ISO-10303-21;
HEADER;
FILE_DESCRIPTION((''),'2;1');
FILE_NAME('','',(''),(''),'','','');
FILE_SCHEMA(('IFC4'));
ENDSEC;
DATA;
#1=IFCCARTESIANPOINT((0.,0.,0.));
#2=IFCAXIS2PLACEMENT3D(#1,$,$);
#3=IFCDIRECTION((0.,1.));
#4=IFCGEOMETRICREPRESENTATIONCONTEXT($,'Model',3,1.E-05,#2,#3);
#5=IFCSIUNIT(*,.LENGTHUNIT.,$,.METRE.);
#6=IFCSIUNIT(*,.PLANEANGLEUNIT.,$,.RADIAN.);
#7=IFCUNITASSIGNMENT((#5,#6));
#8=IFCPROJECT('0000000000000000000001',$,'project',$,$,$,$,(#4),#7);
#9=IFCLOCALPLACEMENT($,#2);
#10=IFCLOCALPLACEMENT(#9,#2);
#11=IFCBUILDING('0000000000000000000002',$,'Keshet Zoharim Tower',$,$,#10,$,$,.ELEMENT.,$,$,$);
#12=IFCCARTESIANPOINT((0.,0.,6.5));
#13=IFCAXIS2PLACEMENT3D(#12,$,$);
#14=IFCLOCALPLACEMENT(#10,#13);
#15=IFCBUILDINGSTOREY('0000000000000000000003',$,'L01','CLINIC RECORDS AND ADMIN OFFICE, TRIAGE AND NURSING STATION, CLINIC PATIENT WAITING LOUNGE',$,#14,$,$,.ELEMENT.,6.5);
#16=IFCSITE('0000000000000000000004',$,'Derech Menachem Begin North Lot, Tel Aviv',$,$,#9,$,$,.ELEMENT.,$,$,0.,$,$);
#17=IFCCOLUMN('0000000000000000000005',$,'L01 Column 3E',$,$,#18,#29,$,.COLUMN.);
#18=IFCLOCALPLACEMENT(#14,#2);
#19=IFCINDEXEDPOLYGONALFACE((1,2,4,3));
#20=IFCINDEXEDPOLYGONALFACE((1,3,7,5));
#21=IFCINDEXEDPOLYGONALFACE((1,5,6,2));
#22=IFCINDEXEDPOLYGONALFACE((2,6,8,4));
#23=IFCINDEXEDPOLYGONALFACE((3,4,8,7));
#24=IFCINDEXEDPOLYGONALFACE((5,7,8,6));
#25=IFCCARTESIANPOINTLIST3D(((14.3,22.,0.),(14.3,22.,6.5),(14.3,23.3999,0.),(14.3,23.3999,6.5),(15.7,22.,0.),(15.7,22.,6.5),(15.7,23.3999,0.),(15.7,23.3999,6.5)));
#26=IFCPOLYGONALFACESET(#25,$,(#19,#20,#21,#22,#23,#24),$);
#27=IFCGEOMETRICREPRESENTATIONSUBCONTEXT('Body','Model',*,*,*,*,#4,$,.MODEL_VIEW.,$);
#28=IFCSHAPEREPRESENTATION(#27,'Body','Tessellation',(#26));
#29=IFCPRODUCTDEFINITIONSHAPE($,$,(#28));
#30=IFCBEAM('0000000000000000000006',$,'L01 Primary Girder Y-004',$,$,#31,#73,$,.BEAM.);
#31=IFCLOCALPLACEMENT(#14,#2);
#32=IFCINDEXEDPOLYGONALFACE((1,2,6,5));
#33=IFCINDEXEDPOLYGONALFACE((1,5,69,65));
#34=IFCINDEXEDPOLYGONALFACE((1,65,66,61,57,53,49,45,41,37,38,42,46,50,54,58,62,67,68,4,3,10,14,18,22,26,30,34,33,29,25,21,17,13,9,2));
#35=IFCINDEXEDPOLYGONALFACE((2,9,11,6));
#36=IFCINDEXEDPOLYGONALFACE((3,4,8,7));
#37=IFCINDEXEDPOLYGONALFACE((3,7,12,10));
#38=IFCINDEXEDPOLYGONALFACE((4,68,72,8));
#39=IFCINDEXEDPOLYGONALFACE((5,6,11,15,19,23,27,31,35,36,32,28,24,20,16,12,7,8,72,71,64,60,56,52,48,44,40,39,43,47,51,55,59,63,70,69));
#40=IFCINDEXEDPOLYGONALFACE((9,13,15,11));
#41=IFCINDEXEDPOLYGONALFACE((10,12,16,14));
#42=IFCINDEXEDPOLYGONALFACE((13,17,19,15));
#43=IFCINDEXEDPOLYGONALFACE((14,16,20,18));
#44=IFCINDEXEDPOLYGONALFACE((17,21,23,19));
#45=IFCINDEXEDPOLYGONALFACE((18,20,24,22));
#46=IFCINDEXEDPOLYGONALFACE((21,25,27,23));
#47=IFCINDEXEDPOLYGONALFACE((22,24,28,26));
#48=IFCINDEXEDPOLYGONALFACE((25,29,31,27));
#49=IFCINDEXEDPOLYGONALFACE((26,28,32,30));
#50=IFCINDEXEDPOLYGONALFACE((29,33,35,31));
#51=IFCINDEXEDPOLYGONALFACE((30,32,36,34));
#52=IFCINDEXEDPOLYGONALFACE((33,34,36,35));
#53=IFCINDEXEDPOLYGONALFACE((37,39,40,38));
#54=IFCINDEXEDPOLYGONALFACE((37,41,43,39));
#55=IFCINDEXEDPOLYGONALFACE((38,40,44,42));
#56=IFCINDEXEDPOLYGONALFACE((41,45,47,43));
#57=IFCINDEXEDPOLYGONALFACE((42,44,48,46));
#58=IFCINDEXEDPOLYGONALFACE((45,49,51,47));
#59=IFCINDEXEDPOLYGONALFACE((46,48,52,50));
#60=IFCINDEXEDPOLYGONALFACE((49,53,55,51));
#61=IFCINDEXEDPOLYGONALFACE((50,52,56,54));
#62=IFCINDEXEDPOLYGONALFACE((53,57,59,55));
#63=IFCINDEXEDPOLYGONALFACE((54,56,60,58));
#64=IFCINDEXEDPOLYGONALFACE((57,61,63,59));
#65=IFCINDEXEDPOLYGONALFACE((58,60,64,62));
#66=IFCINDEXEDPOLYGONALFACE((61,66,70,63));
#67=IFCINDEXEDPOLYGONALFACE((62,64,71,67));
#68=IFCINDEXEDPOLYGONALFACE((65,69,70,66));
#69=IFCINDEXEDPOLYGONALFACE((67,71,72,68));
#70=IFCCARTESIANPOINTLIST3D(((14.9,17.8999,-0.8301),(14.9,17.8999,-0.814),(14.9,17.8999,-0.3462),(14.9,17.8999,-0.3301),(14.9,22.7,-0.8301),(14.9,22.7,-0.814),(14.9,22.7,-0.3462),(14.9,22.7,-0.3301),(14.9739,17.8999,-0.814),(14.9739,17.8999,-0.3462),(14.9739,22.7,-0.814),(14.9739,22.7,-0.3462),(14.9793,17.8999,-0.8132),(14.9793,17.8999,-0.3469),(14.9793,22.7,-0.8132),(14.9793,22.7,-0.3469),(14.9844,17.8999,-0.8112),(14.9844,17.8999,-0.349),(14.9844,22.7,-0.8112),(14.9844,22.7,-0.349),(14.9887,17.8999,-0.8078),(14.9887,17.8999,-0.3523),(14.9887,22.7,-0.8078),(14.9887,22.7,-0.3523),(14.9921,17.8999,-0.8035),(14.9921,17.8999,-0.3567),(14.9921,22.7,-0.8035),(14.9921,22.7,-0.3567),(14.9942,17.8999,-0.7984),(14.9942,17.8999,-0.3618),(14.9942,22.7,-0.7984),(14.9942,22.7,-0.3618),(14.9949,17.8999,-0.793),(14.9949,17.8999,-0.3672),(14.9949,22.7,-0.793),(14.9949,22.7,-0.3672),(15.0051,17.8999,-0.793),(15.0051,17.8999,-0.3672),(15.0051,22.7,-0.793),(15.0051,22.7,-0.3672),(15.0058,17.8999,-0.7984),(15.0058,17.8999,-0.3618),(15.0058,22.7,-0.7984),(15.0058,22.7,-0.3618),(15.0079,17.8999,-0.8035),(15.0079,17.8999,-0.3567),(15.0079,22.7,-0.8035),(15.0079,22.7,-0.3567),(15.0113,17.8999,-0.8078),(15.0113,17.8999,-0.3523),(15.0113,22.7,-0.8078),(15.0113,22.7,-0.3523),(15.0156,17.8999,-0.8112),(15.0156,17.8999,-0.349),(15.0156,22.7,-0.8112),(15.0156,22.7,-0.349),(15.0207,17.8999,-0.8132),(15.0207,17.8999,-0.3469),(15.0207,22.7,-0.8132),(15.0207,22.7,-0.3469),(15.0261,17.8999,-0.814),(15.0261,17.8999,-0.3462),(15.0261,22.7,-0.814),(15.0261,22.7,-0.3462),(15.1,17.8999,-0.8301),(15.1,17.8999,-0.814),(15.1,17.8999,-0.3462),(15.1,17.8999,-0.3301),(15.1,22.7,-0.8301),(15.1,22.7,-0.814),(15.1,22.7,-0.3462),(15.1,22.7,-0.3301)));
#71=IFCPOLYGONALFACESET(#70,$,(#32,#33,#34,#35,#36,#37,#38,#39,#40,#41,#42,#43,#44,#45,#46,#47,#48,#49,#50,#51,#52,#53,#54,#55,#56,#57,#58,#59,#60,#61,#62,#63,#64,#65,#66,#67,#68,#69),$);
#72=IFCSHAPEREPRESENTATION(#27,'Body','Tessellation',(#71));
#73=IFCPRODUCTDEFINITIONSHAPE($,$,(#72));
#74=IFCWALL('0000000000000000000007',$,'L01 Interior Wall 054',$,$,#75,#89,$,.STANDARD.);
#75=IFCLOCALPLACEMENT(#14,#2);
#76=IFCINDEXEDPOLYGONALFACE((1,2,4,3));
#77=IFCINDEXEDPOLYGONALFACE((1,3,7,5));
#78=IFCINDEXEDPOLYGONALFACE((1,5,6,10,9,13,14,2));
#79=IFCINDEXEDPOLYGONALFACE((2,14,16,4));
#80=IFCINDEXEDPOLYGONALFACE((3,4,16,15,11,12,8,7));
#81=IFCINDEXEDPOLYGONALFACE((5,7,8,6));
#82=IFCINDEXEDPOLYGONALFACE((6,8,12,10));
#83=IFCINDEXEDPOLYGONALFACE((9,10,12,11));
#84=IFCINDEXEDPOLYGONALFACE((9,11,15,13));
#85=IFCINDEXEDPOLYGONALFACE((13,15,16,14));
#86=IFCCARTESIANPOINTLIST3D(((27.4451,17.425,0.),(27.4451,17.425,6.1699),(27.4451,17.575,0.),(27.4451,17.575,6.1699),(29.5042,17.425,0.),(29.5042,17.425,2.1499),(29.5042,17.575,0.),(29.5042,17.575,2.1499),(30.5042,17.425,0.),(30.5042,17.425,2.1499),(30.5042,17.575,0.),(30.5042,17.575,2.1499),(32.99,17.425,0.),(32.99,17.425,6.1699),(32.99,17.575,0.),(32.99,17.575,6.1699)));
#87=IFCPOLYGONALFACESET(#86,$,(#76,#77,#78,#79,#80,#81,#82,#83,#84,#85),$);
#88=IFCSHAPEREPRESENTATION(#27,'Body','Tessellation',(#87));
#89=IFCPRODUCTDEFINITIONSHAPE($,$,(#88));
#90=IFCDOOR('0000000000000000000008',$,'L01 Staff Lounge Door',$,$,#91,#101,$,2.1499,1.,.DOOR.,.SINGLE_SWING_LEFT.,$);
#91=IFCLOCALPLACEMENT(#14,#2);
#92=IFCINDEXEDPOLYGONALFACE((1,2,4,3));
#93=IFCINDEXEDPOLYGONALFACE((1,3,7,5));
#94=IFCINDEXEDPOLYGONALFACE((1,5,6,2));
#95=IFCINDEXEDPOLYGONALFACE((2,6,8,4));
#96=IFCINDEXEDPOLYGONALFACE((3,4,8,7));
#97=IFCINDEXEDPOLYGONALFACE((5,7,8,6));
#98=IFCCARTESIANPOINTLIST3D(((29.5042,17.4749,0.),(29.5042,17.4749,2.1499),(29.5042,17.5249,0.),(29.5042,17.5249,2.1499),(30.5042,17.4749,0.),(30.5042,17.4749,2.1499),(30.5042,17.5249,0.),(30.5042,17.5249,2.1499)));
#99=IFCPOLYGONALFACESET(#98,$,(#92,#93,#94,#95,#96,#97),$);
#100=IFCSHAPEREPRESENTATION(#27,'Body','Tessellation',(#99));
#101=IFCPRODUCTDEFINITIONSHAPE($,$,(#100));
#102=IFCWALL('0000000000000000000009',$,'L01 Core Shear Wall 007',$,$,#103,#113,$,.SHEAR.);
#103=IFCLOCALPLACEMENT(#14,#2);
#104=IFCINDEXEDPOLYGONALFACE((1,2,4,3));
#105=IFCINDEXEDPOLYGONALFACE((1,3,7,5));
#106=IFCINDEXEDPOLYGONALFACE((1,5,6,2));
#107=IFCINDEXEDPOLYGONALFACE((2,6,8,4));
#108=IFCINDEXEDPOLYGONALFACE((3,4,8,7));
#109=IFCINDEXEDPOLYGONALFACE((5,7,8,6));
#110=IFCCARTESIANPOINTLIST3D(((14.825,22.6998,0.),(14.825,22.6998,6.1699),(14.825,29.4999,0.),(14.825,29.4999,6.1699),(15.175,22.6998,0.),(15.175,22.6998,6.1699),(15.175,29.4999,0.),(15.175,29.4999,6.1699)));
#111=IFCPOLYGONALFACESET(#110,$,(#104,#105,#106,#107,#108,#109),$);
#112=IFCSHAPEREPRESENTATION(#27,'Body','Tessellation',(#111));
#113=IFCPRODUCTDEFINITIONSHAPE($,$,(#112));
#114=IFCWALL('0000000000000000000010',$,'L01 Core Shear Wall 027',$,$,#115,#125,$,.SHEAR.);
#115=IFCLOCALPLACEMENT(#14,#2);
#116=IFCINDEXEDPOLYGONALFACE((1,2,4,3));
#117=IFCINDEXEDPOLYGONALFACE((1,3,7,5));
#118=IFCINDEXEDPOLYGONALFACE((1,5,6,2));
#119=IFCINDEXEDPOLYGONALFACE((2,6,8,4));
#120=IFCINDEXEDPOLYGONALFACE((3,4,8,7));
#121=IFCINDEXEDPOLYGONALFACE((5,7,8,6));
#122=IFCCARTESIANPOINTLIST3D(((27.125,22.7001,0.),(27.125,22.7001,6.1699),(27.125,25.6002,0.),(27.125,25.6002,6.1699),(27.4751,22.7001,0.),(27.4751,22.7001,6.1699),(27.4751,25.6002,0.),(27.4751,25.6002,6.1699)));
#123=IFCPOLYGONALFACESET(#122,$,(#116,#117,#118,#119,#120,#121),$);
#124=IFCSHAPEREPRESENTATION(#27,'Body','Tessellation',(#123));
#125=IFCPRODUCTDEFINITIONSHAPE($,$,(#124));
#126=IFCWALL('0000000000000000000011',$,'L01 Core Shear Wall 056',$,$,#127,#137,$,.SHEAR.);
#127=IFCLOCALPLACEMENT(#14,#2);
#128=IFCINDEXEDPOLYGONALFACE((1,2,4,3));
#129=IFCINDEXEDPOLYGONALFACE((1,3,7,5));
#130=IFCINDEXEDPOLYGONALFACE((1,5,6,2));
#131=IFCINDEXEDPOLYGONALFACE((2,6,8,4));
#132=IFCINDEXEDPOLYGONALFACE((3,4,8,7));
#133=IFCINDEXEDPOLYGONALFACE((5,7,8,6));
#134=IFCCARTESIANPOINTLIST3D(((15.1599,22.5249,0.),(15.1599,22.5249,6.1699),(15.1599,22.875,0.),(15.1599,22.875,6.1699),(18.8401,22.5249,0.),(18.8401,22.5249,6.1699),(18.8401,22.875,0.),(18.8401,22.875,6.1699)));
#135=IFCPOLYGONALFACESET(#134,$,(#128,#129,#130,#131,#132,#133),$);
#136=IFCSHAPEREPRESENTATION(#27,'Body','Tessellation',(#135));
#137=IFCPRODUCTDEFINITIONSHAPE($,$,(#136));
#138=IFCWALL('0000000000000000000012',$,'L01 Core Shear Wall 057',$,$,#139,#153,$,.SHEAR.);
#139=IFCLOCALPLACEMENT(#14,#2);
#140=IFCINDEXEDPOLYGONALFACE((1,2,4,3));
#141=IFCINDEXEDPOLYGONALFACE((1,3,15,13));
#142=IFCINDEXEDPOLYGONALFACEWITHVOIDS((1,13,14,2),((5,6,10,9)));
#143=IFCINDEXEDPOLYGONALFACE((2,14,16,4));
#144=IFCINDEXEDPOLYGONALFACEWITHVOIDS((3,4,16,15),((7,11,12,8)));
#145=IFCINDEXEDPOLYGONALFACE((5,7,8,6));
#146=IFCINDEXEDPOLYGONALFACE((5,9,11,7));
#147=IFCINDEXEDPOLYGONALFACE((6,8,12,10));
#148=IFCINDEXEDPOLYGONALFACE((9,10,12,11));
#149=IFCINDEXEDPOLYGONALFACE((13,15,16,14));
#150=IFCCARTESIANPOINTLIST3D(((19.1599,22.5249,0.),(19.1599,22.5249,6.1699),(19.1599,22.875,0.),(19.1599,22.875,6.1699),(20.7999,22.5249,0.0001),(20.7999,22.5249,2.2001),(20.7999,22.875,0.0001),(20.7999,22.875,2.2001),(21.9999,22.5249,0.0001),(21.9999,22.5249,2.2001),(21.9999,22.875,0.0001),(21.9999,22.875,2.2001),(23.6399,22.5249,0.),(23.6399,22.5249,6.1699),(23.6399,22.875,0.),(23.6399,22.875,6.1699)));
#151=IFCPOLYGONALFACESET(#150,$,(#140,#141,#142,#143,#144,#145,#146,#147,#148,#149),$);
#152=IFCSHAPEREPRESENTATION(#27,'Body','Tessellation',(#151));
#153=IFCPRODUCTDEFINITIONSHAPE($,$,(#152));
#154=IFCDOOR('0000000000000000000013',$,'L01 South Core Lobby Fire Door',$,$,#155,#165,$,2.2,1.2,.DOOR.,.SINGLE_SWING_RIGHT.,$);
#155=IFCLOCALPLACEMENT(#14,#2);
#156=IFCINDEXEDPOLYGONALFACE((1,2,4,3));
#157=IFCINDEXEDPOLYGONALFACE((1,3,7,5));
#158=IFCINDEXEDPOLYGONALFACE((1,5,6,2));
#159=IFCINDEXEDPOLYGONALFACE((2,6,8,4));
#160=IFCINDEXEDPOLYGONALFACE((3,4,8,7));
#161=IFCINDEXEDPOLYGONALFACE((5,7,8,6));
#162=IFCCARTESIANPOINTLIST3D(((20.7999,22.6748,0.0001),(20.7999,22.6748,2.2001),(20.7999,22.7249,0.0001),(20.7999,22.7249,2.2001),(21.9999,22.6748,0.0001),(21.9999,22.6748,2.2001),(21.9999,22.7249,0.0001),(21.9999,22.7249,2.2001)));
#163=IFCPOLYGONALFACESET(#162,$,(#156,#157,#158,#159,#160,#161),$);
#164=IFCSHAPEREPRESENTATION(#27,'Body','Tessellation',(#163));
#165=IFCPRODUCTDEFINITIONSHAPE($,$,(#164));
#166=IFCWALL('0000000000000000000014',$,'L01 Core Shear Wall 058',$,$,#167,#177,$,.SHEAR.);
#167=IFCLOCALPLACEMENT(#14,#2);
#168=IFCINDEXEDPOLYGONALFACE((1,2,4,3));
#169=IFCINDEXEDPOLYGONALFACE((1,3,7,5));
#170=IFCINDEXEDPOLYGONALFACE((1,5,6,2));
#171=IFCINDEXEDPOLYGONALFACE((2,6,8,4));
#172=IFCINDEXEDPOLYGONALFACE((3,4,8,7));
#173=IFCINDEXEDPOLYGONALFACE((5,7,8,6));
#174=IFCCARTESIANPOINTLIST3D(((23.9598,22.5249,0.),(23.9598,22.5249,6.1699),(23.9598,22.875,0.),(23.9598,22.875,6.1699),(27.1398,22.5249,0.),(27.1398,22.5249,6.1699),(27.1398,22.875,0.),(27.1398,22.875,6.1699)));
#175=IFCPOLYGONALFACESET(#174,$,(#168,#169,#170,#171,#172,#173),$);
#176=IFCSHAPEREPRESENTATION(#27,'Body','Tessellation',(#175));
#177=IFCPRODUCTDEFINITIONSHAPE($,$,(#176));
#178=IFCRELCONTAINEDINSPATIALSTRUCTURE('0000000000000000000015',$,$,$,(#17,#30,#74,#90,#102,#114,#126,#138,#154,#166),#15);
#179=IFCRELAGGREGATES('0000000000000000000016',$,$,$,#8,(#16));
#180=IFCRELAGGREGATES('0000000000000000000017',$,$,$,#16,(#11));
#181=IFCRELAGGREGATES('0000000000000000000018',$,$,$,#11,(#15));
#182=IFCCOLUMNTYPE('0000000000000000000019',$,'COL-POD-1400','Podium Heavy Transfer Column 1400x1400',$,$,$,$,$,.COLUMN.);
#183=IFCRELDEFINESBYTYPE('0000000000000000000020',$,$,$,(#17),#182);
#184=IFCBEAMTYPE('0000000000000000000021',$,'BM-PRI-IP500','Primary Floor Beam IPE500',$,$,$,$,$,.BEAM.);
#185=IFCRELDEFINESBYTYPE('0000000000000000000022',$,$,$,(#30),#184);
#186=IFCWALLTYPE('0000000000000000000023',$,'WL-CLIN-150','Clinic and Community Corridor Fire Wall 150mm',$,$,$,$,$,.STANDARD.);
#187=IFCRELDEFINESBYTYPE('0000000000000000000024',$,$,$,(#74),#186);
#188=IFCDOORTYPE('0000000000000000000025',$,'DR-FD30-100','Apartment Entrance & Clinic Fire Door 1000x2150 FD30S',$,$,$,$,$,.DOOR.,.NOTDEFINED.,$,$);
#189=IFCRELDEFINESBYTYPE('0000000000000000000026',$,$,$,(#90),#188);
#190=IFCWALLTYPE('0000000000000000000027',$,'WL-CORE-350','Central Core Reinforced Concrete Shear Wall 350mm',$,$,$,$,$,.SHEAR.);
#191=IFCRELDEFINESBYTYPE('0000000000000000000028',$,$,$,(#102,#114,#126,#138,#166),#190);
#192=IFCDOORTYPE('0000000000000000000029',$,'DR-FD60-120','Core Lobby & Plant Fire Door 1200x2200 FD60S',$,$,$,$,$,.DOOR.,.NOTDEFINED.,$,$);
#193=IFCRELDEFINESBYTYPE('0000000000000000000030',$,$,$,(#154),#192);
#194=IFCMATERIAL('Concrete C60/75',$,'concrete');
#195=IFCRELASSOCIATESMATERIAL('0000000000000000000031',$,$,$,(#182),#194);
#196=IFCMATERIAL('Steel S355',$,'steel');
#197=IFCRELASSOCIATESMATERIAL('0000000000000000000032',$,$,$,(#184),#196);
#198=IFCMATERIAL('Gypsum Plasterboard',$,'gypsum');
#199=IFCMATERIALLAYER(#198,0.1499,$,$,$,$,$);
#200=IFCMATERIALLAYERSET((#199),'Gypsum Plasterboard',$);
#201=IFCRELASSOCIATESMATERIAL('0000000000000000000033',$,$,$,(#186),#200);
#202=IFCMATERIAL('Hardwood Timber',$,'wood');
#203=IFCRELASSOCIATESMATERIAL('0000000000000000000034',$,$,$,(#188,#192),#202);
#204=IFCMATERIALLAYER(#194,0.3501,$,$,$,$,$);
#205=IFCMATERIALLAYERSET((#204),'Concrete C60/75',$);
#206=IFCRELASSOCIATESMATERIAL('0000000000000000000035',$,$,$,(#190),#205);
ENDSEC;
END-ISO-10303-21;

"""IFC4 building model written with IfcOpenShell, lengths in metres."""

from ifc_helpers import new_model, si_unit, direction, frame, frame_2d, origin, origin_2d, place, context, subcontext, project, spatial, rectangle, i_section, extrude, material, layer, layer_set, material_profile, profile_set, type_object, element, fill, save


model = new_model("IFC4")

# Units and contexts
model_context = context("Model", 3, precision=1e-05, world=origin(), true_north=direction((0.0, 1.0)))
body_context = subcontext(model_context, "Body", "Model", "MODEL_VIEW")
ifc_project = project(units=[si_unit("LENGTHUNIT", "METRE"), si_unit("PLANEANGLEUNIT", "RADIAN")], contexts=[model_context])

# Site, building, storey
site_placement = place(None, origin())
site = spatial("IfcSite", under=ifc_project, at=site_placement, Name="Derech Menachem Begin North Lot, Tel Aviv", CompositionType="ELEMENT", RefElevation=0.0)
building_placement = place(site_placement, origin())
building = spatial("IfcBuilding", under=site, at=building_placement, Name="Keshet Zoharim Tower", CompositionType="ELEMENT")
storey_placement = place(building_placement, frame((0.0, 0.0, 6.5)))
storey = spatial("IfcBuildingStorey", under=building, at=storey_placement, Name="L01", Description="CLINIC RECORDS AND ADMIN OFFICE, TRIAGE AND NURSING STATION, CLINIC PATIENT WAITING LOUNGE", CompositionType="ELEMENT", Elevation=6.5)

# Column
ifc_material_1 = material(Name="Concrete C60/75", Category="concrete")
ifc_material_profile_1 = material_profile(ifc_material_1, rectangle(XDim=1.3999, YDim=1.3999, at=origin_2d()), Name="RC1400x1400")
ifc_profile_set_1 = profile_set([ifc_material_profile_1], Name="Concrete C60/75")
column_type = type_object("IfcColumnType", Name="COL-POD-1400", Description="Podium Heavy Transfer Column 1400x1400", PredefinedType="COLUMN", material=ifc_profile_set_1)
column_placement = place(storey_placement, frame((15.0, 22.7, 0.0), z_axis=(0.0, 0.0, 1.0), x_axis=(1.0, 0.0, 0.0)))
element("IfcColumn", 1, at=column_placement, inside=storey, type_object=column_type, Name="L01 Column 3E", PredefinedType="COLUMN", context=body_context, shape_type="SweptSolid", body=[
    extrude(rectangle(XDim=1.3999, YDim=1.3999, at=origin_2d()), origin(), (0.0, 0.0, 1.0), 6.5),
])

# Beam
ifc_material_2 = material(Name="Steel S355", Category="steel")
ifc_material_profile_2 = material_profile(ifc_material_2, i_section(OverallWidth=0.2, OverallDepth=0.5, WebThickness=0.0103, FlangeThickness=0.0161, FilletRadius=0.021, at=origin_2d()), Name="IPE500")
ifc_profile_set_2 = profile_set([ifc_material_profile_2], Name="Steel S355")
beam_type = type_object("IfcBeamType", Name="BM-PRI-IP500", Description="Primary Floor Beam IPE500", PredefinedType="BEAM", material=ifc_profile_set_2)
beam_placement = place(storey_placement, frame((15.0, 17.8999, -0.5801), z_axis=(0.0, 1.0, 0.0), x_axis=(-1.0, 0.0, 0.0)))
element("IfcBeam", 2, at=beam_placement, inside=storey, type_object=beam_type, Name="L01 Primary Girder Y-004", PredefinedType="BEAM", context=body_context, shape_type="SweptSolid", body=[
    extrude(i_section(OverallWidth=0.2, OverallDepth=0.5, WebThickness=0.0103, FlangeThickness=0.0161, FilletRadius=0.021, at=origin_2d()), origin(), (0.0, 0.0, 1.0), 4.8),
])

# Wall, opening, door
ifc_material_3 = material(Name="Gypsum Plasterboard", Category="gypsum")
ifc_layer_1 = layer(ifc_material_3, 0.1499)
ifc_layer_set_1 = layer_set([ifc_layer_1], Name="Gypsum Plasterboard")
wall_type_1 = type_object("IfcWallType", Name="WL-CLIN-150", Description="Clinic and Community Corridor Fire Wall 150mm", PredefinedType="STANDARD", material=ifc_layer_set_1)
wall_1_placement = place(storey_placement, frame((27.4451, 17.5, 0.0), z_axis=(0.0, 0.0, 1.0), x_axis=(1.0, 0.0, 0.0)))
wall_1 = element("IfcWall", 3, at=wall_1_placement, inside=storey, type_object=wall_type_1, Name="L01 Interior Wall 054", PredefinedType="STANDARD", context=body_context, shape_type="SweptSolid", body=[
    extrude(rectangle(XDim=5.5449, YDim=0.1499, at=frame_2d((2.7725, 0.0))), origin(), (0.0, 0.0, 1.0), 6.1699),
])
opening_1_placement = place(wall_1_placement, frame((2.0591, 0.0, 0.0)))
opening_1 = element("IfcOpeningElement", 4, at=opening_1_placement, cuts=wall_1, PredefinedType="OPENING", context=body_context, shape_type="SweptSolid", body=[
    extrude(rectangle(XDim=1.0, YDim=2.1499, at=frame_2d((0.5, 1.075))), frame((0.0, 0.085, 0.0), z_axis=(0.0, -1.0, 0.0), x_axis=(1.0, 0.0, 0.0)), (0.0, 0.0, 1.0), 0.1699),
])
ifc_material_4 = material(Name="Hardwood Timber", Category="wood")
door_type_1 = type_object("IfcDoorType", Name="DR-FD30-100", Description="Apartment Entrance & Clinic Fire Door 1000x2150 FD30S", OperationType="NOTDEFINED", PredefinedType="DOOR", material=ifc_material_4)
door_1_placement = place(opening_1_placement, origin())
door_1 = element("IfcDoor", 5, at=door_1_placement, inside=storey, type_object=door_type_1, Name="L01 Staff Lounge Door", OperationType="SINGLE_SWING_LEFT", OverallHeight=2.1499, OverallWidth=1.0, PredefinedType="DOOR", context=body_context, shape_type="SweptSolid", body=[
    extrude(rectangle(XDim=1.0, YDim=2.1499, at=frame_2d((0.5, 1.075))), frame((0.0, 0.0249, 0.0), z_axis=(0.0, -1.0, 0.0), x_axis=(1.0, 0.0, 0.0)), (0.0, 0.0, 1.0), 0.05),
])
fill(opening_1, door_1)

# Wall
ifc_layer_2 = layer(ifc_material_1, 0.3501)
ifc_layer_set_2 = layer_set([ifc_layer_2], Name="Concrete C60/75")
wall_type_2 = type_object("IfcWallType", Name="WL-CORE-350", Description="Central Core Reinforced Concrete Shear Wall 350mm", PredefinedType="SHEAR", material=ifc_layer_set_2)
wall_2_placement = place(storey_placement, frame((15.0, 22.7, 0.0), z_axis=(0.0, 0.0, 1.0), x_axis=(0.0, 1.0, 0.0)))
element("IfcWall", 6, at=wall_2_placement, inside=storey, type_object=wall_type_2, Name="L01 Core Shear Wall 007", PredefinedType="SHEAR", context=body_context, shape_type="SweptSolid", body=[
    extrude(rectangle(XDim=6.8, YDim=0.3501, at=frame_2d((3.3999, 0.0))), origin(), (0.0, 0.0, 1.0), 6.1699),
])

# Walls
wall_3_placement = place(storey_placement, frame((27.3, 22.7, 0.0), z_axis=(0.0, 0.0, 1.0), x_axis=(0.0, 1.0, 0.0)))
element("IfcWall", 7, at=wall_3_placement, inside=storey, type_object=wall_type_2, Name="L01 Core Shear Wall 027", PredefinedType="SHEAR", context=body_context, shape_type="SweptSolid", body=[
    extrude(rectangle(XDim=2.9001, YDim=0.3501, at=frame_2d((1.4502, 0.0))), origin(), (0.0, 0.0, 1.0), 6.1699),
])
wall_4_placement = place(storey_placement, frame((15.1599, 22.7, 0.0), z_axis=(0.0, 0.0, 1.0), x_axis=(1.0, 0.0, 0.0)))
element("IfcWall", 8, at=wall_4_placement, inside=storey, type_object=wall_type_2, Name="L01 Core Shear Wall 056", PredefinedType="SHEAR", context=body_context, shape_type="SweptSolid", body=[
    extrude(rectangle(XDim=3.6802, YDim=0.3501, at=frame_2d((1.8401, 0.0))), origin(), (0.0, 0.0, 1.0), 6.1699),
])

# Wall, opening, door
wall_5_placement = place(storey_placement, frame((19.1599, 22.7, 0.0), z_axis=(0.0, 0.0, 1.0), x_axis=(1.0, 0.0, 0.0)))
wall_5 = element("IfcWall", 9, at=wall_5_placement, inside=storey, type_object=wall_type_2, Name="L01 Core Shear Wall 057", PredefinedType="SHEAR", context=body_context, shape_type="SweptSolid", body=[
    extrude(rectangle(XDim=4.48, YDim=0.3501, at=frame_2d((2.24, 0.0))), origin(), (0.0, 0.0, 1.0), 6.1699),
])
opening_2_placement = place(wall_5_placement, frame((1.6399, 0.0, 0.0)))
opening_2 = element("IfcOpeningElement", 10, at=opening_2_placement, cuts=wall_5, PredefinedType="OPENING", context=body_context, shape_type="SweptSolid", body=[
    extrude(rectangle(XDim=1.2, YDim=2.2, at=frame_2d((0.6001, 1.1001))), frame((0.0, 0.1851, 0.0), z_axis=(0.0, -1.0, 0.0), x_axis=(1.0, 0.0, 0.0)), (0.0, 0.0, 1.0), 0.3701),
])
door_type_2 = type_object("IfcDoorType", Name="DR-FD60-120", Description="Core Lobby & Plant Fire Door 1200x2200 FD60S", OperationType="NOTDEFINED", PredefinedType="DOOR", material=ifc_material_4)
door_2_placement = place(opening_2_placement, origin())
door_2 = element("IfcDoor", 11, at=door_2_placement, inside=storey, type_object=door_type_2, Name="L01 South Core Lobby Fire Door", OperationType="SINGLE_SWING_RIGHT", OverallHeight=2.2, OverallWidth=1.2, PredefinedType="DOOR", context=body_context, shape_type="SweptSolid", body=[
    extrude(rectangle(XDim=1.2, YDim=2.2, at=frame_2d((0.6001, 1.1001))), frame((0.0, 0.0249, 0.0), z_axis=(0.0, -1.0, 0.0), x_axis=(1.0, 0.0, 0.0)), (0.0, 0.0, 1.0), 0.05),
])
fill(opening_2, door_2)

# Wall
for number, where, z_axis, x_axis, name in (
    (12, (23.96, 22.7, 0.0), (0.0, 0.0, 1.0), (1.0, 0.0, 0.0), "L01 Core Shear Wall 058"),
):
    element("IfcWall", number, at=place(storey_placement, frame(where, z_axis=z_axis, x_axis=x_axis)), inside=storey, type_object=wall_type_2, Name=name, PredefinedType="SHEAR", context=body_context, shape_type="SweptSolid", body=[
        extrude(rectangle(XDim=3.1799, YDim=0.3501, at=frame_2d((1.5898, 0.0))), origin(), (0.0, 0.0, 1.0), 6.1699),
    ])

save(model, "model.ifc")
